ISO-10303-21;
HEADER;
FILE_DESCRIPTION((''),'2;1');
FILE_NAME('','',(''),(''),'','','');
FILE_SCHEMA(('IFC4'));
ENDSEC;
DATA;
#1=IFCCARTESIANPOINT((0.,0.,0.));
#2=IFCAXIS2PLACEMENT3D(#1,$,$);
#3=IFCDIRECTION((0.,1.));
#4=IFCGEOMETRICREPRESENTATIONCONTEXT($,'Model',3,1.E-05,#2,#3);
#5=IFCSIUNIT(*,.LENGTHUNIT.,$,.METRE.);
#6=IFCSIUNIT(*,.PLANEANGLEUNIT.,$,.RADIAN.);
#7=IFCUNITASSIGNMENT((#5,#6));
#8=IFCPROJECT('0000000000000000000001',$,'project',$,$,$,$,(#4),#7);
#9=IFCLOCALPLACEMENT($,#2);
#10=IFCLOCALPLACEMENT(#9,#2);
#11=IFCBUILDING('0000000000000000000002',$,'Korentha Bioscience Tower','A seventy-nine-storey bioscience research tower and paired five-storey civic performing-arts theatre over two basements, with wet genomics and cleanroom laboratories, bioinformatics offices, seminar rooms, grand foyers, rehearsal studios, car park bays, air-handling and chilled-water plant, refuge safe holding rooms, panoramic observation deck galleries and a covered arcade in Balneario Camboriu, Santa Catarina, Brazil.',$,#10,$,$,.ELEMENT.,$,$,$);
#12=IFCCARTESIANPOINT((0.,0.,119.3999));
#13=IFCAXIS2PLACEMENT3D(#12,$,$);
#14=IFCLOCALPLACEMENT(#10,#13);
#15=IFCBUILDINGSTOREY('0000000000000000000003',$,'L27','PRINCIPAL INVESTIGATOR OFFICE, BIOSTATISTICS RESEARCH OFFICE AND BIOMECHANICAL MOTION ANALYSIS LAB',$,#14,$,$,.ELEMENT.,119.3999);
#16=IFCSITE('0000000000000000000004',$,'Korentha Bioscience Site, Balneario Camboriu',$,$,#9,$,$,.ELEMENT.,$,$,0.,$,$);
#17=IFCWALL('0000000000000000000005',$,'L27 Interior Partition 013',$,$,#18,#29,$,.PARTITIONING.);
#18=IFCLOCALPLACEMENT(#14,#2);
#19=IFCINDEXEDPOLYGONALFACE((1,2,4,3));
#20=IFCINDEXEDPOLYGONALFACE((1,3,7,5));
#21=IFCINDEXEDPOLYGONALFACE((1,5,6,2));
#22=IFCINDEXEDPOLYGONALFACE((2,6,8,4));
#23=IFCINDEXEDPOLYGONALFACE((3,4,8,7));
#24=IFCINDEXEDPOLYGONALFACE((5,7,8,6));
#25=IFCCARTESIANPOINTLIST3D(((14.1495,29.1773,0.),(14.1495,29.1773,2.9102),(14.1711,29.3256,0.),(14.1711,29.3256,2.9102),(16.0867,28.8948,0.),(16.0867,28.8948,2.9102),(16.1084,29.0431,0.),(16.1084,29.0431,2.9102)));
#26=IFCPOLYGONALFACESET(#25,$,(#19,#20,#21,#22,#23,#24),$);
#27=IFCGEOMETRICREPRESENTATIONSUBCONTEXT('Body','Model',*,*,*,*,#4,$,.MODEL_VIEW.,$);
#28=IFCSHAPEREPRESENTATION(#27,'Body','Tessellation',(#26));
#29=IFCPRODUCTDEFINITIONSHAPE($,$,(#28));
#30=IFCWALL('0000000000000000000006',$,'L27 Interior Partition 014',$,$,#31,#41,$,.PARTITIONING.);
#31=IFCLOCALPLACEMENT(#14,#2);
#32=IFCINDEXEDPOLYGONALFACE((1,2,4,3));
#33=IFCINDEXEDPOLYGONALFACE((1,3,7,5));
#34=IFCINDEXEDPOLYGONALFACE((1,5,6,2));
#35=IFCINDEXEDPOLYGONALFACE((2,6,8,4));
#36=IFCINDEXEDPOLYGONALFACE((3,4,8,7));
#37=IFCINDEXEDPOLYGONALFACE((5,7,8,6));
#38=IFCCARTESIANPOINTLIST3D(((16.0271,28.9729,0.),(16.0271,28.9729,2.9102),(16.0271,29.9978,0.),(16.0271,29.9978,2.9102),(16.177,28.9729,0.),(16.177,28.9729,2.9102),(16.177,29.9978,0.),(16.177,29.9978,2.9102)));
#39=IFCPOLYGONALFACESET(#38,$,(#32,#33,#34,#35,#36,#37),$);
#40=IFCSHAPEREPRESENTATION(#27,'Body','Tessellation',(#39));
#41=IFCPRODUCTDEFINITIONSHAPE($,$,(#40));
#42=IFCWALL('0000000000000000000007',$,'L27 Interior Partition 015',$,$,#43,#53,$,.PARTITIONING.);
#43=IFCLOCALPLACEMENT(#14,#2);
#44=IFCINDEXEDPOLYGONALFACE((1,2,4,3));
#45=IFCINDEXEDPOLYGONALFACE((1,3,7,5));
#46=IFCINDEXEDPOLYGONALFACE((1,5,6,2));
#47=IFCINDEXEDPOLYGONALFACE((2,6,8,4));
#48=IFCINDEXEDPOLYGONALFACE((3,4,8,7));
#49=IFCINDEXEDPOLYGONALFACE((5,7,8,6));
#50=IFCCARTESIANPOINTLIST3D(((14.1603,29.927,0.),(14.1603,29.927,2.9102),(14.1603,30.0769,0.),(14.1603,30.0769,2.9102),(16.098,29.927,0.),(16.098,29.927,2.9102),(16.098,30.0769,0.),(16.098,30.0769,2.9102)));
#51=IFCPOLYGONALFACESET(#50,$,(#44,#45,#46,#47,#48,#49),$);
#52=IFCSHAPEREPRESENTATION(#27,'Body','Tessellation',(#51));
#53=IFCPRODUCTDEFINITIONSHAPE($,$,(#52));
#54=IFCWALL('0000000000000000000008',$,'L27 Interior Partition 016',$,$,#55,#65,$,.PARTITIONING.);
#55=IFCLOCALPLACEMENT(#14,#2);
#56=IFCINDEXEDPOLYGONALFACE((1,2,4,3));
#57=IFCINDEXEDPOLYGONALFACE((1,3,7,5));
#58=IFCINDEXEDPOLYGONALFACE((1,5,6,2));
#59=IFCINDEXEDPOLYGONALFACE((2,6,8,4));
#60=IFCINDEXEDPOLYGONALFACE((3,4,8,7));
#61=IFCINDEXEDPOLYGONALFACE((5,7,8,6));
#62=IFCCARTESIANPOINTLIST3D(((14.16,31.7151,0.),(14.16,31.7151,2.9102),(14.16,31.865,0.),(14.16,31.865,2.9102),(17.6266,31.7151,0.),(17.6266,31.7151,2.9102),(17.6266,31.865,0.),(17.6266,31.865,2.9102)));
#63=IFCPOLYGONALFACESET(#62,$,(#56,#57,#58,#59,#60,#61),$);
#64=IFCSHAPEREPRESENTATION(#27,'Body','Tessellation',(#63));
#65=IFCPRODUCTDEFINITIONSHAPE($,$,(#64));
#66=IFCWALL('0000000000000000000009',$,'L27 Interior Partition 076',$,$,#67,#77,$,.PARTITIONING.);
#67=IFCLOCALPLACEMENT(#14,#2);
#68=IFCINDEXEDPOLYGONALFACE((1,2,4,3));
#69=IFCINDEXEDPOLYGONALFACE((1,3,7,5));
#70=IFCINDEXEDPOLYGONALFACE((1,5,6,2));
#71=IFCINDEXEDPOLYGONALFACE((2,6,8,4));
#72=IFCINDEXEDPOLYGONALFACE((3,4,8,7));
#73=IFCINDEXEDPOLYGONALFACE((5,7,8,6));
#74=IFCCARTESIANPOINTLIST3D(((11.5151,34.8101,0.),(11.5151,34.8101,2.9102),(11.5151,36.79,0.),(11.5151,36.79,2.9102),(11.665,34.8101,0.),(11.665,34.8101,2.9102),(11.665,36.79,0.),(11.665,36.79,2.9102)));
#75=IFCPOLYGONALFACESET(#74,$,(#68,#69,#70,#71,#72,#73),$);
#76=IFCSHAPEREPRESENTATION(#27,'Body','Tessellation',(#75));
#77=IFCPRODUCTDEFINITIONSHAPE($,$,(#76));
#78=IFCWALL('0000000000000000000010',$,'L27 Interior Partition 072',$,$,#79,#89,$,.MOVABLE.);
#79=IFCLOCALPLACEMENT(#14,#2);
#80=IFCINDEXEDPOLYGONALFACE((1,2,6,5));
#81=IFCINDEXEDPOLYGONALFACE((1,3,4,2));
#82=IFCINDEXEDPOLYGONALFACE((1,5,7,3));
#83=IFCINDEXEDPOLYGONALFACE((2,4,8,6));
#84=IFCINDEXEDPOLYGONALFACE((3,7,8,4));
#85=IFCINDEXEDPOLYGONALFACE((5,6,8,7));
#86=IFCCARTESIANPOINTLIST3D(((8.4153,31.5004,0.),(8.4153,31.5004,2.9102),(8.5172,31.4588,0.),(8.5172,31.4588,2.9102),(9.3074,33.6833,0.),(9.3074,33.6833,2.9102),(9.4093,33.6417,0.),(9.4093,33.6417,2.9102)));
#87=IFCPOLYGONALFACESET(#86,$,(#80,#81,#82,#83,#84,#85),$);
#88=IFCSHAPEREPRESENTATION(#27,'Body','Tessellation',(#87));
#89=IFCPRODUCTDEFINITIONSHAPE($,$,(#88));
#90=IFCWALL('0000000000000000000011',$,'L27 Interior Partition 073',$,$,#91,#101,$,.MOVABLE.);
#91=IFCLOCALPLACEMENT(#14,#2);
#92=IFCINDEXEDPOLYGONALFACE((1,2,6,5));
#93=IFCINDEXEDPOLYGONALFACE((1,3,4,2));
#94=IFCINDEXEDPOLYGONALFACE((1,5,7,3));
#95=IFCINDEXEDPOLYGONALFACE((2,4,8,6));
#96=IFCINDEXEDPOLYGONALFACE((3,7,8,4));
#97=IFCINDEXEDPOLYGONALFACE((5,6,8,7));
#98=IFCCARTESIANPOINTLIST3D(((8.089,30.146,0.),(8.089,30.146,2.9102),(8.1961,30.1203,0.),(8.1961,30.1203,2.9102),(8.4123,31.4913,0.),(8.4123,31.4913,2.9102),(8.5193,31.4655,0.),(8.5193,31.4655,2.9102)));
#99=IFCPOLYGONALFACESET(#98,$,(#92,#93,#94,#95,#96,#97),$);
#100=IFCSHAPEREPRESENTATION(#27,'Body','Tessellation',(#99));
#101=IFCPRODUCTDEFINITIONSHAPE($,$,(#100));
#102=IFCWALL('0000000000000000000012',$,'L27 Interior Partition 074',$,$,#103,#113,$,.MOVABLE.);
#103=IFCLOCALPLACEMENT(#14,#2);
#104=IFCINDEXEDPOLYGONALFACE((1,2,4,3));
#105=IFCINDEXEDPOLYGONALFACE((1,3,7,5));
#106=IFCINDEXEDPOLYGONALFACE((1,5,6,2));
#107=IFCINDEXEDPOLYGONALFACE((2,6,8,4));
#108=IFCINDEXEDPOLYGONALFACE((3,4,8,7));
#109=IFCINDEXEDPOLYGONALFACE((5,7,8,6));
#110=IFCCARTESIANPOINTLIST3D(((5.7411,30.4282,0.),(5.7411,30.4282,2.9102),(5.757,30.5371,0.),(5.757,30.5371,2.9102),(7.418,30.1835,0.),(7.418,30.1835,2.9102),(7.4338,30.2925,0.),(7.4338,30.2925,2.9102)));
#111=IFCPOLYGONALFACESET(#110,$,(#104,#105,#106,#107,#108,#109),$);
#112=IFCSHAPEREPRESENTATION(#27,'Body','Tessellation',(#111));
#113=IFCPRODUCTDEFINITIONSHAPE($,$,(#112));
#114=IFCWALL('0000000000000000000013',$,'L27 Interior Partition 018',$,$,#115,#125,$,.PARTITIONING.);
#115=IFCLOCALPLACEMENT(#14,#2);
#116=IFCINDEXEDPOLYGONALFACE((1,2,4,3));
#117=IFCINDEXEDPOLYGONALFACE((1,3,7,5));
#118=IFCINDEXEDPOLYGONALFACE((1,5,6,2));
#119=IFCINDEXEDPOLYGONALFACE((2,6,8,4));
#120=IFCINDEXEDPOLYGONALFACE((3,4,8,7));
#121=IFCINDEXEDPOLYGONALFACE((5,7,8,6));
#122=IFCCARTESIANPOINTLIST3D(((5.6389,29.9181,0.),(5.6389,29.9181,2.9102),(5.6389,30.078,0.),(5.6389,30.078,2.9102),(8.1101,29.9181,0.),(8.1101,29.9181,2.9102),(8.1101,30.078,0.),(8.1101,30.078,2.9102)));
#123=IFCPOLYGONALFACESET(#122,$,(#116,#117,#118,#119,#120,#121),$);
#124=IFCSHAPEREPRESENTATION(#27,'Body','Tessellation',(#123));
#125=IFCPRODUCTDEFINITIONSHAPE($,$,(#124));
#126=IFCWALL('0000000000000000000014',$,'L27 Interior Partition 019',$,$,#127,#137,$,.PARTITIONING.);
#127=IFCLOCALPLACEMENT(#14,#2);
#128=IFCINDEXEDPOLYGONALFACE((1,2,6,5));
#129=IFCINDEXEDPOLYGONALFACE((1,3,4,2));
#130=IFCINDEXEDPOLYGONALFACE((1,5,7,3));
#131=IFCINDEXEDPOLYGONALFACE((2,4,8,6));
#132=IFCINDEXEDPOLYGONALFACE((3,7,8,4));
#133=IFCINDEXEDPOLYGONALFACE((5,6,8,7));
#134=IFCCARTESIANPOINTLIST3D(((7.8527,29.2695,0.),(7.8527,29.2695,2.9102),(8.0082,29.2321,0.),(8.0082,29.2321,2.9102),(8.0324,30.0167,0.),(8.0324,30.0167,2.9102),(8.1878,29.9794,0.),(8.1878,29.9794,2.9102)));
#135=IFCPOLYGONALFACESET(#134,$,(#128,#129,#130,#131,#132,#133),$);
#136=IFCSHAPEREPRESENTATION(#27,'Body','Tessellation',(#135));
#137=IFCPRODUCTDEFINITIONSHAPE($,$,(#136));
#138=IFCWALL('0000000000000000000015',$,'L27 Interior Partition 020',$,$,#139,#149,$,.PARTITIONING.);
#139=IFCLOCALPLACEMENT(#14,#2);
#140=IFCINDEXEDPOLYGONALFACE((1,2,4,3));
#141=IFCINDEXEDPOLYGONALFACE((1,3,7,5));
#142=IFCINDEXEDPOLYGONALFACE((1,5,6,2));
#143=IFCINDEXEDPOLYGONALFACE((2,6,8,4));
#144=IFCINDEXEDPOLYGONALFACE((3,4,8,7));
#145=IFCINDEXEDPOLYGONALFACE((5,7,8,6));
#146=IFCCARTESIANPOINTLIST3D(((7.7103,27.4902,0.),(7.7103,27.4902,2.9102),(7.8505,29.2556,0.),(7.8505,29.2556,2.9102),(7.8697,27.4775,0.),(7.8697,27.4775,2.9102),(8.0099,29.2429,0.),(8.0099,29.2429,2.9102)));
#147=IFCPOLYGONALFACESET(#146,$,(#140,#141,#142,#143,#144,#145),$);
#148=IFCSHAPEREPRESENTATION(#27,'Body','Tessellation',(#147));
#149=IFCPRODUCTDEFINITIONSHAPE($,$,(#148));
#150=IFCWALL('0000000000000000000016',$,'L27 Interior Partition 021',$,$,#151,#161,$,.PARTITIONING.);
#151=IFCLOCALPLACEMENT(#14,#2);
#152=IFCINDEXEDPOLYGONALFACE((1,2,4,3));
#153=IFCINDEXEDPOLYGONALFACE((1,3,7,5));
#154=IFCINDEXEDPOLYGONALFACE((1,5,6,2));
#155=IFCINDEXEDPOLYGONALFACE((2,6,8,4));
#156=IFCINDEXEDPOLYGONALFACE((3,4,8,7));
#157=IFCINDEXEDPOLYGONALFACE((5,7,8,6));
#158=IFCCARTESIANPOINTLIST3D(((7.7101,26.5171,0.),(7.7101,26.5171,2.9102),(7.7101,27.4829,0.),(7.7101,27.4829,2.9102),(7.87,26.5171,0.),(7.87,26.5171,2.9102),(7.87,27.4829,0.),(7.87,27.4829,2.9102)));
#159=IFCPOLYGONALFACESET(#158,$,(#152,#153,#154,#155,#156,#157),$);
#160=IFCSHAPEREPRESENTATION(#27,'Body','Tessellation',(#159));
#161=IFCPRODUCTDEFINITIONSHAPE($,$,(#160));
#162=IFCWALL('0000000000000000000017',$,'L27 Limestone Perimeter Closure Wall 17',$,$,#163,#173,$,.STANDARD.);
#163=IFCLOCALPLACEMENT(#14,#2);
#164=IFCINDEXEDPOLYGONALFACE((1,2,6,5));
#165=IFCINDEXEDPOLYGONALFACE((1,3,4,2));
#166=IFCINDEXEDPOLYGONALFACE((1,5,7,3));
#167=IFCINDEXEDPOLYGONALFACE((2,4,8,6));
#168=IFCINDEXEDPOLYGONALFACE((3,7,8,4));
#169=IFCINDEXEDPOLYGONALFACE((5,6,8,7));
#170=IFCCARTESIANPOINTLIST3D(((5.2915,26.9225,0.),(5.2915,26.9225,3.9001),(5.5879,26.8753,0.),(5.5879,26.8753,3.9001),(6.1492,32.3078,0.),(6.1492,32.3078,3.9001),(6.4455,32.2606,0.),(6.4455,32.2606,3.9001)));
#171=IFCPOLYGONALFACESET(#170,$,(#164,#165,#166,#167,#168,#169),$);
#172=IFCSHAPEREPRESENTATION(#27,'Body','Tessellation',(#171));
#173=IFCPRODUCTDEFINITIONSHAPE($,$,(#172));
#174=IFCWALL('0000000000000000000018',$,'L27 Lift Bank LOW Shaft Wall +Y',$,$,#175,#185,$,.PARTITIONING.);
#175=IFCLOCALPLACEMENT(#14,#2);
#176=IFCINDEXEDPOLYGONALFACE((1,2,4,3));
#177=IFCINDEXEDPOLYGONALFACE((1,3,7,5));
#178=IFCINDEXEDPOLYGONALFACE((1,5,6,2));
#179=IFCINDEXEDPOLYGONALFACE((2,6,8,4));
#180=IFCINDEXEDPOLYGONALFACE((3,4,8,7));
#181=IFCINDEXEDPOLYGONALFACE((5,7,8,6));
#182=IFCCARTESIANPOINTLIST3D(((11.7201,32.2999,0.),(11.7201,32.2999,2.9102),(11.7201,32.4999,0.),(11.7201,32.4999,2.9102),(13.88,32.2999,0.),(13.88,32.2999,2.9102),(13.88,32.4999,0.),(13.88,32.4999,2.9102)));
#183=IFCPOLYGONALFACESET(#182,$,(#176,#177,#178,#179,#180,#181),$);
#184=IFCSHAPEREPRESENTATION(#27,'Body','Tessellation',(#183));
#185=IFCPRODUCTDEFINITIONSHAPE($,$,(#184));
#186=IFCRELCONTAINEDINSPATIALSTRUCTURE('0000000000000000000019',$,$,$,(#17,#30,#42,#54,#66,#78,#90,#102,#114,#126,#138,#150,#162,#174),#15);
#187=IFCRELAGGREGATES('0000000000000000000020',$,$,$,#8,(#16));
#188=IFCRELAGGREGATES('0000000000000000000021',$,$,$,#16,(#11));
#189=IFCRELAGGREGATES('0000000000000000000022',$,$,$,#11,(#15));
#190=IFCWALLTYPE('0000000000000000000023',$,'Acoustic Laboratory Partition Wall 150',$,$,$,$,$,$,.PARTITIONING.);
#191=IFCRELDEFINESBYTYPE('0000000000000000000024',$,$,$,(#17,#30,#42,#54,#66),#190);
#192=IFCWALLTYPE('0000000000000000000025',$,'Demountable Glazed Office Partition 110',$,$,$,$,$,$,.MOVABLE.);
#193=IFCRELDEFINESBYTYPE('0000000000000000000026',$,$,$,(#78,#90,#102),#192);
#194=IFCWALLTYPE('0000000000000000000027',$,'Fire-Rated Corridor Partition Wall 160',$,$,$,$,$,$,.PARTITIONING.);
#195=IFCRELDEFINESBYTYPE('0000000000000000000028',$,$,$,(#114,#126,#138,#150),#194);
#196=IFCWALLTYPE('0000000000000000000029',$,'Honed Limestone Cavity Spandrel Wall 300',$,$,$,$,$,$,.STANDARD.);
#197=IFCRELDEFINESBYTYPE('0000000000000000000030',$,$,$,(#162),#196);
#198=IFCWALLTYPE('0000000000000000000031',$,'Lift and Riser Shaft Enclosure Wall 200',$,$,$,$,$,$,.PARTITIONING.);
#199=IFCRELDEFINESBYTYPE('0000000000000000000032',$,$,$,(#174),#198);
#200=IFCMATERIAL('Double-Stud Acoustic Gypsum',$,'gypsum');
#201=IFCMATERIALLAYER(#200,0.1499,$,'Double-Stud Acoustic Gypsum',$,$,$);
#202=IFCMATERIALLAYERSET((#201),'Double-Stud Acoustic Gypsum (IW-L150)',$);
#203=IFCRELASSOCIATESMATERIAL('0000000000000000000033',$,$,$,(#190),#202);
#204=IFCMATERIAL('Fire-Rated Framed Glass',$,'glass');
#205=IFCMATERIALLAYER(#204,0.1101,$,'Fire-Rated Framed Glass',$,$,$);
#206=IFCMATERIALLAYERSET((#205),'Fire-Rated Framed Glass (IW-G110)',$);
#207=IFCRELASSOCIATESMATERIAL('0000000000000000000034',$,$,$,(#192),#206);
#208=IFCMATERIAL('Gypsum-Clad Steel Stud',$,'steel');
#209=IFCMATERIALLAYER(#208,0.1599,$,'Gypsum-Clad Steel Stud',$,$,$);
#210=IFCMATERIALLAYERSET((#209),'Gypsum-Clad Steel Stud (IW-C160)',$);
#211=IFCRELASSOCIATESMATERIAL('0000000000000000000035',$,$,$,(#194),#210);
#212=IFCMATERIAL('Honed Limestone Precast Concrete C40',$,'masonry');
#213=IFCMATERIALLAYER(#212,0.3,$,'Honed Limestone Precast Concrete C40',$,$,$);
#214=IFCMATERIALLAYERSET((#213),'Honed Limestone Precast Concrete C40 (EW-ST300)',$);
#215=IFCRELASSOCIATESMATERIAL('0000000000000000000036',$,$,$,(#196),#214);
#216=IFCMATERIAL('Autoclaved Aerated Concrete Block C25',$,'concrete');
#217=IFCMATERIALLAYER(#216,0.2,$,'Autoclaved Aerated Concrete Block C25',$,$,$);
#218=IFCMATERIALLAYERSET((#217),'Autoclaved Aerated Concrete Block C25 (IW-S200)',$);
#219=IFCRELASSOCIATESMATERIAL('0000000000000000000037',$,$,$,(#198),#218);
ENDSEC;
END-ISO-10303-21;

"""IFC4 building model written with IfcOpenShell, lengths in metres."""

from ifc_helpers import new_model, si_unit, direction, frame, frame_2d, origin, place, context, subcontext, project, spatial, rectangle, extrude, material, layer, layer_set, type_object, element, save


model = new_model("IFC4")

# Units and contexts
model_context = context("Model", 3, precision=1e-05, world=origin(), true_north=direction((0.0, 1.0)))
body_context = subcontext(model_context, "Body", "Model", "MODEL_VIEW")
ifc_project = project(units=[si_unit("LENGTHUNIT", "METRE"), si_unit("PLANEANGLEUNIT", "RADIAN")], contexts=[model_context])

# Site, building, storey
site_placement = place(None, origin())
site = spatial("IfcSite", under=ifc_project, at=site_placement, Name="Korentha Bioscience Site, Balneario Camboriu", CompositionType="ELEMENT", RefElevation=0.0)
building_placement = place(site_placement, origin())
building = spatial("IfcBuilding", under=site, at=building_placement, Name="Korentha Bioscience Tower", Description="A seventy-nine-storey bioscience research tower and paired five-storey civic performing-arts theatre over two basements, with wet genomics and cleanroom laboratories, bioinformatics offices, seminar rooms, grand foyers, rehearsal studios, car park bays, air-handling and chilled-water plant, refuge safe holding rooms, panoramic observation deck galleries and a covered arcade in Balneario Camboriu, Santa Catarina, Brazil.", CompositionType="ELEMENT")
storey_placement = place(building_placement, frame((0.0, 0.0, 119.3999)))
storey = spatial("IfcBuildingStorey", under=building, at=storey_placement, Name="L27", Description="PRINCIPAL INVESTIGATOR OFFICE, BIOSTATISTICS RESEARCH OFFICE AND BIOMECHANICAL MOTION ANALYSIS LAB", CompositionType="ELEMENT", Elevation=119.3999)

# Walls
ifc_material_1 = material(Name="Double-Stud Acoustic Gypsum", Category="gypsum")
ifc_layer_1 = layer(ifc_material_1, 0.1499, Name="Double-Stud Acoustic Gypsum")
ifc_layer_set_1 = layer_set([ifc_layer_1], Name="Double-Stud Acoustic Gypsum (IW-L150)")
wall_type_1 = type_object("IfcWallType", Name="Acoustic Laboratory Partition Wall 150", PredefinedType="PARTITIONING", material=ifc_layer_set_1)
wall_1_placement = place(storey_placement, frame((14.1602, 29.2515, 0.0), z_axis=(0.0, 0.0, 1.0), x_axis=(0.989536, -0.144284, 0.0)))
element("IfcWall", 1, at=wall_1_placement, inside=storey, type_object=wall_type_1, Name="L27 Interior Partition 013", PredefinedType="PARTITIONING", context=body_context, shape_type="SweptSolid", body=[
    extrude(rectangle(XDim=1.9578, YDim=0.1499, at=frame_2d((0.979, 0.0))), origin(), (0.0, 0.0, 1.0), 2.9102),
])
wall_2_placement = place(storey_placement, frame((16.1021, 28.9729, 0.0), z_axis=(0.0, 0.0, 1.0), x_axis=(0.0, 1.0, 0.0)))
element("IfcWall", 2, at=wall_2_placement, inside=storey, type_object=wall_type_1, Name="L27 Interior Partition 014", PredefinedType="PARTITIONING", context=body_context, shape_type="SweptSolid", body=[
    extrude(rectangle(XDim=1.0249, YDim=0.1499, at=frame_2d((0.5125, 0.0))), origin(), (0.0, 0.0, 1.0), 2.9102),
])
wall_3_placement = place(storey_placement, frame((16.0979, 30.002, 0.0), z_axis=(0.0, 0.0, 1.0), x_axis=(-1.0, 0.0, 0.0)))
element("IfcWall", 3, at=wall_3_placement, inside=storey, type_object=wall_type_1, Name="L27 Interior Partition 015", PredefinedType="PARTITIONING", context=body_context, shape_type="SweptSolid", body=[
    extrude(rectangle(XDim=1.9377, YDim=0.1499, at=frame_2d((0.9688, 0.0))), origin(), (0.0, 0.0, 1.0), 2.9102),
])
wall_4_placement = place(storey_placement, frame((14.1599, 31.79, 0.0), z_axis=(0.0, 0.0, 1.0), x_axis=(1.0, 0.0, 0.0)))
element("IfcWall", 4, at=wall_4_placement, inside=storey, type_object=wall_type_1, Name="L27 Interior Partition 016", PredefinedType="PARTITIONING", context=body_context, shape_type="SweptSolid", body=[
    extrude(rectangle(XDim=3.4666, YDim=0.1499, at=frame_2d((1.7334, 0.0))), origin(), (0.0, 0.0, 1.0), 2.9102),
])
wall_5_placement = place(storey_placement, frame((11.5901, 34.8101, 0.0), z_axis=(0.0, 0.0, 1.0), x_axis=(0.0, 1.0, 0.0)))
element("IfcWall", 5, at=wall_5_placement, inside=storey, type_object=wall_type_1, Name="L27 Interior Partition 076", PredefinedType="PARTITIONING", context=body_context, shape_type="SweptSolid", body=[
    extrude(rectangle(XDim=1.98, YDim=0.1499, at=frame_2d((0.99, 0.0))), origin(), (0.0, 0.0, 1.0), 2.9102),
])
ifc_material_2 = material(Name="Fire-Rated Framed Glass", Category="glass")
ifc_layer_2 = layer(ifc_material_2, 0.1101, Name="Fire-Rated Framed Glass")
ifc_layer_set_2 = layer_set([ifc_layer_2], Name="Fire-Rated Framed Glass (IW-G110)")
wall_type_2 = type_object("IfcWallType", Name="Demountable Glazed Office Partition 110", PredefinedType="MOVABLE", material=ifc_layer_set_2)
wall_6_placement = place(storey_placement, frame((9.3584, 33.6626, 0.0), z_axis=(0.0, 0.0, 1.0), x_axis=(-0.378306, -0.92568, 0.0)))
element("IfcWall", 6, at=wall_6_placement, inside=storey, type_object=wall_type_2, Name="L27 Interior Partition 072", PredefinedType="MOVABLE", context=body_context, shape_type="SweptSolid", body=[
    extrude(rectangle(XDim=2.3582, YDim=0.1101, at=frame_2d((1.1792, 0.0))), origin(), (0.0, 0.0, 1.0), 2.9102),
])
wall_7_placement = place(storey_placement, frame((8.4658, 31.4785, 0.0), z_axis=(0.0, 0.0, 1.0), x_axis=(-0.23364, -0.972323, 0.0)))
element("IfcWall", 7, at=wall_7_placement, inside=storey, type_object=wall_type_2, Name="L27 Interior Partition 073", PredefinedType="MOVABLE", context=body_context, shape_type="SweptSolid", body=[
    extrude(rectangle(XDim=1.3835, YDim=0.1101, at=frame_2d((0.6919, 0.0))), origin(), (0.0, 0.0, 1.0), 2.9102),
])
wall_8_placement = place(storey_placement, frame((7.4258, 30.238, 0.0), z_axis=(0.0, 0.0, 1.0), x_axis=(-0.989524, 0.144366, 0.0)))
element("IfcWall", 8, at=wall_8_placement, inside=storey, type_object=wall_type_2, Name="L27 Interior Partition 074", PredefinedType="MOVABLE", context=body_context, shape_type="SweptSolid", body=[
    extrude(rectangle(XDim=1.6946, YDim=0.1101, at=frame_2d((0.8472, 0.0))), origin(), (0.0, 0.0, 1.0), 2.9102),
])
ifc_material_3 = material(Name="Gypsum-Clad Steel Stud", Category="steel")
ifc_layer_3 = layer(ifc_material_3, 0.1599, Name="Gypsum-Clad Steel Stud")
ifc_layer_set_3 = layer_set([ifc_layer_3], Name="Gypsum-Clad Steel Stud (IW-C160)")
wall_type_3 = type_object("IfcWallType", Name="Fire-Rated Corridor Partition Wall 160", PredefinedType="PARTITIONING", material=ifc_layer_set_3)
wall_9_placement = place(storey_placement, frame((5.6389, 29.998, 0.0), z_axis=(0.0, 0.0, 1.0), x_axis=(1.0, 0.0, 0.0)))
element("IfcWall", 9, at=wall_9_placement, inside=storey, type_object=wall_type_3, Name="L27 Interior Partition 018", PredefinedType="PARTITIONING", context=body_context, shape_type="SweptSolid", body=[
    extrude(rectangle(XDim=2.4712, YDim=0.1599, at=frame_2d((1.2356, 0.0))), origin(), (0.0, 0.0, 1.0), 2.9102),
])
wall_10_placement = place(storey_placement, frame((8.1101, 29.998, 0.0), z_axis=(0.0, 0.0, 1.0), x_axis=(-0.233781, -0.972289, 0.0)))
element("IfcWall", 10, at=wall_10_placement, inside=storey, type_object=wall_type_3, Name="L27 Interior Partition 019", PredefinedType="PARTITIONING", context=body_context, shape_type="SweptSolid", body=[
    extrude(rectangle(XDim=0.7686, YDim=0.1599, at=frame_2d((0.3843, 0.0))), origin(), (0.0, 0.0, 1.0), 2.9102),
])
wall_11_placement = place(storey_placement, frame((7.9302, 29.2493, 0.0), z_axis=(0.0, 0.0, 1.0), x_axis=(-0.079132, -0.996864, 0.0)))
element("IfcWall", 11, at=wall_11_placement, inside=storey, type_object=wall_type_3, Name="L27 Interior Partition 020", PredefinedType="PARTITIONING", context=body_context, shape_type="SweptSolid", body=[
    extrude(rectangle(XDim=1.771, YDim=0.1599, at=frame_2d((0.8855, 0.0))), origin(), (0.0, 0.0, 1.0), 2.9102),
])
wall_12_placement = place(storey_placement, frame((7.79, 27.4829, 0.0), z_axis=(0.0, 0.0, 1.0), x_axis=(0.0, -1.0, 0.0)))
element("IfcWall", 12, at=wall_12_placement, inside=storey, type_object=wall_type_3, Name="L27 Interior Partition 021", PredefinedType="PARTITIONING", context=body_context, shape_type="SweptSolid", body=[
    extrude(rectangle(XDim=0.9658, YDim=0.1599, at=frame_2d((0.4829, 0.0))), origin(), (0.0, 0.0, 1.0), 2.9102),
])

# Shared definitions
ifc_material_4 = material(Name="Honed Limestone Precast Concrete C40", Category="masonry")
ifc_layer_4 = layer(ifc_material_4, 0.3, Name="Honed Limestone Precast Concrete C40")
ifc_layer_set_4 = layer_set([ifc_layer_4], Name="Honed Limestone Precast Concrete C40 (EW-ST300)")
wall_type_4 = type_object("IfcWallType", Name="Honed Limestone Cavity Spandrel Wall 300", PredefinedType="STANDARD", material=ifc_layer_set_4)

# Walls
wall_13_placement = place(storey_placement, frame((6.2974, 32.2842, 0.0), z_axis=(0.0, 0.0, 1.0), x_axis=(-0.15728, -0.987554, 0.0)))
element("IfcWall", 13, at=wall_13_placement, inside=storey, type_object=wall_type_4, Name="L27 Limestone Perimeter Closure Wall 17", PredefinedType="STANDARD", context=body_context, shape_type="SweptSolid", body=[
    extrude(rectangle(XDim=5.4531, YDim=0.3, at=frame_2d((2.7266, 0.0))), origin(), (0.0, 0.0, 1.0), 3.9001),
])
ifc_material_5 = material(Name="Autoclaved Aerated Concrete Block C25", Category="concrete")
ifc_layer_5 = layer(ifc_material_5, 0.2, Name="Autoclaved Aerated Concrete Block C25")
ifc_layer_set_5 = layer_set([ifc_layer_5], Name="Autoclaved Aerated Concrete Block C25 (IW-S200)")
wall_type_5 = type_object("IfcWallType", Name="Lift and Riser Shaft Enclosure Wall 200", PredefinedType="PARTITIONING", material=ifc_layer_set_5)
wall_14_placement = place(storey_placement, frame((11.72, 32.3999, 0.0), z_axis=(0.0, 0.0, 1.0), x_axis=(1.0, 0.0, 0.0)))
element("IfcWall", 14, at=wall_14_placement, inside=storey, type_object=wall_type_5, Name="L27 Lift Bank LOW Shaft Wall +Y", PredefinedType="PARTITIONING", context=body_context, shape_type="SweptSolid", body=[
    extrude(rectangle(XDim=2.1599, YDim=0.2, at=frame_2d((1.0801, 0.0))), origin(), (0.0, 0.0, 1.0), 2.9102),
])

save(model, "model.ifc")
